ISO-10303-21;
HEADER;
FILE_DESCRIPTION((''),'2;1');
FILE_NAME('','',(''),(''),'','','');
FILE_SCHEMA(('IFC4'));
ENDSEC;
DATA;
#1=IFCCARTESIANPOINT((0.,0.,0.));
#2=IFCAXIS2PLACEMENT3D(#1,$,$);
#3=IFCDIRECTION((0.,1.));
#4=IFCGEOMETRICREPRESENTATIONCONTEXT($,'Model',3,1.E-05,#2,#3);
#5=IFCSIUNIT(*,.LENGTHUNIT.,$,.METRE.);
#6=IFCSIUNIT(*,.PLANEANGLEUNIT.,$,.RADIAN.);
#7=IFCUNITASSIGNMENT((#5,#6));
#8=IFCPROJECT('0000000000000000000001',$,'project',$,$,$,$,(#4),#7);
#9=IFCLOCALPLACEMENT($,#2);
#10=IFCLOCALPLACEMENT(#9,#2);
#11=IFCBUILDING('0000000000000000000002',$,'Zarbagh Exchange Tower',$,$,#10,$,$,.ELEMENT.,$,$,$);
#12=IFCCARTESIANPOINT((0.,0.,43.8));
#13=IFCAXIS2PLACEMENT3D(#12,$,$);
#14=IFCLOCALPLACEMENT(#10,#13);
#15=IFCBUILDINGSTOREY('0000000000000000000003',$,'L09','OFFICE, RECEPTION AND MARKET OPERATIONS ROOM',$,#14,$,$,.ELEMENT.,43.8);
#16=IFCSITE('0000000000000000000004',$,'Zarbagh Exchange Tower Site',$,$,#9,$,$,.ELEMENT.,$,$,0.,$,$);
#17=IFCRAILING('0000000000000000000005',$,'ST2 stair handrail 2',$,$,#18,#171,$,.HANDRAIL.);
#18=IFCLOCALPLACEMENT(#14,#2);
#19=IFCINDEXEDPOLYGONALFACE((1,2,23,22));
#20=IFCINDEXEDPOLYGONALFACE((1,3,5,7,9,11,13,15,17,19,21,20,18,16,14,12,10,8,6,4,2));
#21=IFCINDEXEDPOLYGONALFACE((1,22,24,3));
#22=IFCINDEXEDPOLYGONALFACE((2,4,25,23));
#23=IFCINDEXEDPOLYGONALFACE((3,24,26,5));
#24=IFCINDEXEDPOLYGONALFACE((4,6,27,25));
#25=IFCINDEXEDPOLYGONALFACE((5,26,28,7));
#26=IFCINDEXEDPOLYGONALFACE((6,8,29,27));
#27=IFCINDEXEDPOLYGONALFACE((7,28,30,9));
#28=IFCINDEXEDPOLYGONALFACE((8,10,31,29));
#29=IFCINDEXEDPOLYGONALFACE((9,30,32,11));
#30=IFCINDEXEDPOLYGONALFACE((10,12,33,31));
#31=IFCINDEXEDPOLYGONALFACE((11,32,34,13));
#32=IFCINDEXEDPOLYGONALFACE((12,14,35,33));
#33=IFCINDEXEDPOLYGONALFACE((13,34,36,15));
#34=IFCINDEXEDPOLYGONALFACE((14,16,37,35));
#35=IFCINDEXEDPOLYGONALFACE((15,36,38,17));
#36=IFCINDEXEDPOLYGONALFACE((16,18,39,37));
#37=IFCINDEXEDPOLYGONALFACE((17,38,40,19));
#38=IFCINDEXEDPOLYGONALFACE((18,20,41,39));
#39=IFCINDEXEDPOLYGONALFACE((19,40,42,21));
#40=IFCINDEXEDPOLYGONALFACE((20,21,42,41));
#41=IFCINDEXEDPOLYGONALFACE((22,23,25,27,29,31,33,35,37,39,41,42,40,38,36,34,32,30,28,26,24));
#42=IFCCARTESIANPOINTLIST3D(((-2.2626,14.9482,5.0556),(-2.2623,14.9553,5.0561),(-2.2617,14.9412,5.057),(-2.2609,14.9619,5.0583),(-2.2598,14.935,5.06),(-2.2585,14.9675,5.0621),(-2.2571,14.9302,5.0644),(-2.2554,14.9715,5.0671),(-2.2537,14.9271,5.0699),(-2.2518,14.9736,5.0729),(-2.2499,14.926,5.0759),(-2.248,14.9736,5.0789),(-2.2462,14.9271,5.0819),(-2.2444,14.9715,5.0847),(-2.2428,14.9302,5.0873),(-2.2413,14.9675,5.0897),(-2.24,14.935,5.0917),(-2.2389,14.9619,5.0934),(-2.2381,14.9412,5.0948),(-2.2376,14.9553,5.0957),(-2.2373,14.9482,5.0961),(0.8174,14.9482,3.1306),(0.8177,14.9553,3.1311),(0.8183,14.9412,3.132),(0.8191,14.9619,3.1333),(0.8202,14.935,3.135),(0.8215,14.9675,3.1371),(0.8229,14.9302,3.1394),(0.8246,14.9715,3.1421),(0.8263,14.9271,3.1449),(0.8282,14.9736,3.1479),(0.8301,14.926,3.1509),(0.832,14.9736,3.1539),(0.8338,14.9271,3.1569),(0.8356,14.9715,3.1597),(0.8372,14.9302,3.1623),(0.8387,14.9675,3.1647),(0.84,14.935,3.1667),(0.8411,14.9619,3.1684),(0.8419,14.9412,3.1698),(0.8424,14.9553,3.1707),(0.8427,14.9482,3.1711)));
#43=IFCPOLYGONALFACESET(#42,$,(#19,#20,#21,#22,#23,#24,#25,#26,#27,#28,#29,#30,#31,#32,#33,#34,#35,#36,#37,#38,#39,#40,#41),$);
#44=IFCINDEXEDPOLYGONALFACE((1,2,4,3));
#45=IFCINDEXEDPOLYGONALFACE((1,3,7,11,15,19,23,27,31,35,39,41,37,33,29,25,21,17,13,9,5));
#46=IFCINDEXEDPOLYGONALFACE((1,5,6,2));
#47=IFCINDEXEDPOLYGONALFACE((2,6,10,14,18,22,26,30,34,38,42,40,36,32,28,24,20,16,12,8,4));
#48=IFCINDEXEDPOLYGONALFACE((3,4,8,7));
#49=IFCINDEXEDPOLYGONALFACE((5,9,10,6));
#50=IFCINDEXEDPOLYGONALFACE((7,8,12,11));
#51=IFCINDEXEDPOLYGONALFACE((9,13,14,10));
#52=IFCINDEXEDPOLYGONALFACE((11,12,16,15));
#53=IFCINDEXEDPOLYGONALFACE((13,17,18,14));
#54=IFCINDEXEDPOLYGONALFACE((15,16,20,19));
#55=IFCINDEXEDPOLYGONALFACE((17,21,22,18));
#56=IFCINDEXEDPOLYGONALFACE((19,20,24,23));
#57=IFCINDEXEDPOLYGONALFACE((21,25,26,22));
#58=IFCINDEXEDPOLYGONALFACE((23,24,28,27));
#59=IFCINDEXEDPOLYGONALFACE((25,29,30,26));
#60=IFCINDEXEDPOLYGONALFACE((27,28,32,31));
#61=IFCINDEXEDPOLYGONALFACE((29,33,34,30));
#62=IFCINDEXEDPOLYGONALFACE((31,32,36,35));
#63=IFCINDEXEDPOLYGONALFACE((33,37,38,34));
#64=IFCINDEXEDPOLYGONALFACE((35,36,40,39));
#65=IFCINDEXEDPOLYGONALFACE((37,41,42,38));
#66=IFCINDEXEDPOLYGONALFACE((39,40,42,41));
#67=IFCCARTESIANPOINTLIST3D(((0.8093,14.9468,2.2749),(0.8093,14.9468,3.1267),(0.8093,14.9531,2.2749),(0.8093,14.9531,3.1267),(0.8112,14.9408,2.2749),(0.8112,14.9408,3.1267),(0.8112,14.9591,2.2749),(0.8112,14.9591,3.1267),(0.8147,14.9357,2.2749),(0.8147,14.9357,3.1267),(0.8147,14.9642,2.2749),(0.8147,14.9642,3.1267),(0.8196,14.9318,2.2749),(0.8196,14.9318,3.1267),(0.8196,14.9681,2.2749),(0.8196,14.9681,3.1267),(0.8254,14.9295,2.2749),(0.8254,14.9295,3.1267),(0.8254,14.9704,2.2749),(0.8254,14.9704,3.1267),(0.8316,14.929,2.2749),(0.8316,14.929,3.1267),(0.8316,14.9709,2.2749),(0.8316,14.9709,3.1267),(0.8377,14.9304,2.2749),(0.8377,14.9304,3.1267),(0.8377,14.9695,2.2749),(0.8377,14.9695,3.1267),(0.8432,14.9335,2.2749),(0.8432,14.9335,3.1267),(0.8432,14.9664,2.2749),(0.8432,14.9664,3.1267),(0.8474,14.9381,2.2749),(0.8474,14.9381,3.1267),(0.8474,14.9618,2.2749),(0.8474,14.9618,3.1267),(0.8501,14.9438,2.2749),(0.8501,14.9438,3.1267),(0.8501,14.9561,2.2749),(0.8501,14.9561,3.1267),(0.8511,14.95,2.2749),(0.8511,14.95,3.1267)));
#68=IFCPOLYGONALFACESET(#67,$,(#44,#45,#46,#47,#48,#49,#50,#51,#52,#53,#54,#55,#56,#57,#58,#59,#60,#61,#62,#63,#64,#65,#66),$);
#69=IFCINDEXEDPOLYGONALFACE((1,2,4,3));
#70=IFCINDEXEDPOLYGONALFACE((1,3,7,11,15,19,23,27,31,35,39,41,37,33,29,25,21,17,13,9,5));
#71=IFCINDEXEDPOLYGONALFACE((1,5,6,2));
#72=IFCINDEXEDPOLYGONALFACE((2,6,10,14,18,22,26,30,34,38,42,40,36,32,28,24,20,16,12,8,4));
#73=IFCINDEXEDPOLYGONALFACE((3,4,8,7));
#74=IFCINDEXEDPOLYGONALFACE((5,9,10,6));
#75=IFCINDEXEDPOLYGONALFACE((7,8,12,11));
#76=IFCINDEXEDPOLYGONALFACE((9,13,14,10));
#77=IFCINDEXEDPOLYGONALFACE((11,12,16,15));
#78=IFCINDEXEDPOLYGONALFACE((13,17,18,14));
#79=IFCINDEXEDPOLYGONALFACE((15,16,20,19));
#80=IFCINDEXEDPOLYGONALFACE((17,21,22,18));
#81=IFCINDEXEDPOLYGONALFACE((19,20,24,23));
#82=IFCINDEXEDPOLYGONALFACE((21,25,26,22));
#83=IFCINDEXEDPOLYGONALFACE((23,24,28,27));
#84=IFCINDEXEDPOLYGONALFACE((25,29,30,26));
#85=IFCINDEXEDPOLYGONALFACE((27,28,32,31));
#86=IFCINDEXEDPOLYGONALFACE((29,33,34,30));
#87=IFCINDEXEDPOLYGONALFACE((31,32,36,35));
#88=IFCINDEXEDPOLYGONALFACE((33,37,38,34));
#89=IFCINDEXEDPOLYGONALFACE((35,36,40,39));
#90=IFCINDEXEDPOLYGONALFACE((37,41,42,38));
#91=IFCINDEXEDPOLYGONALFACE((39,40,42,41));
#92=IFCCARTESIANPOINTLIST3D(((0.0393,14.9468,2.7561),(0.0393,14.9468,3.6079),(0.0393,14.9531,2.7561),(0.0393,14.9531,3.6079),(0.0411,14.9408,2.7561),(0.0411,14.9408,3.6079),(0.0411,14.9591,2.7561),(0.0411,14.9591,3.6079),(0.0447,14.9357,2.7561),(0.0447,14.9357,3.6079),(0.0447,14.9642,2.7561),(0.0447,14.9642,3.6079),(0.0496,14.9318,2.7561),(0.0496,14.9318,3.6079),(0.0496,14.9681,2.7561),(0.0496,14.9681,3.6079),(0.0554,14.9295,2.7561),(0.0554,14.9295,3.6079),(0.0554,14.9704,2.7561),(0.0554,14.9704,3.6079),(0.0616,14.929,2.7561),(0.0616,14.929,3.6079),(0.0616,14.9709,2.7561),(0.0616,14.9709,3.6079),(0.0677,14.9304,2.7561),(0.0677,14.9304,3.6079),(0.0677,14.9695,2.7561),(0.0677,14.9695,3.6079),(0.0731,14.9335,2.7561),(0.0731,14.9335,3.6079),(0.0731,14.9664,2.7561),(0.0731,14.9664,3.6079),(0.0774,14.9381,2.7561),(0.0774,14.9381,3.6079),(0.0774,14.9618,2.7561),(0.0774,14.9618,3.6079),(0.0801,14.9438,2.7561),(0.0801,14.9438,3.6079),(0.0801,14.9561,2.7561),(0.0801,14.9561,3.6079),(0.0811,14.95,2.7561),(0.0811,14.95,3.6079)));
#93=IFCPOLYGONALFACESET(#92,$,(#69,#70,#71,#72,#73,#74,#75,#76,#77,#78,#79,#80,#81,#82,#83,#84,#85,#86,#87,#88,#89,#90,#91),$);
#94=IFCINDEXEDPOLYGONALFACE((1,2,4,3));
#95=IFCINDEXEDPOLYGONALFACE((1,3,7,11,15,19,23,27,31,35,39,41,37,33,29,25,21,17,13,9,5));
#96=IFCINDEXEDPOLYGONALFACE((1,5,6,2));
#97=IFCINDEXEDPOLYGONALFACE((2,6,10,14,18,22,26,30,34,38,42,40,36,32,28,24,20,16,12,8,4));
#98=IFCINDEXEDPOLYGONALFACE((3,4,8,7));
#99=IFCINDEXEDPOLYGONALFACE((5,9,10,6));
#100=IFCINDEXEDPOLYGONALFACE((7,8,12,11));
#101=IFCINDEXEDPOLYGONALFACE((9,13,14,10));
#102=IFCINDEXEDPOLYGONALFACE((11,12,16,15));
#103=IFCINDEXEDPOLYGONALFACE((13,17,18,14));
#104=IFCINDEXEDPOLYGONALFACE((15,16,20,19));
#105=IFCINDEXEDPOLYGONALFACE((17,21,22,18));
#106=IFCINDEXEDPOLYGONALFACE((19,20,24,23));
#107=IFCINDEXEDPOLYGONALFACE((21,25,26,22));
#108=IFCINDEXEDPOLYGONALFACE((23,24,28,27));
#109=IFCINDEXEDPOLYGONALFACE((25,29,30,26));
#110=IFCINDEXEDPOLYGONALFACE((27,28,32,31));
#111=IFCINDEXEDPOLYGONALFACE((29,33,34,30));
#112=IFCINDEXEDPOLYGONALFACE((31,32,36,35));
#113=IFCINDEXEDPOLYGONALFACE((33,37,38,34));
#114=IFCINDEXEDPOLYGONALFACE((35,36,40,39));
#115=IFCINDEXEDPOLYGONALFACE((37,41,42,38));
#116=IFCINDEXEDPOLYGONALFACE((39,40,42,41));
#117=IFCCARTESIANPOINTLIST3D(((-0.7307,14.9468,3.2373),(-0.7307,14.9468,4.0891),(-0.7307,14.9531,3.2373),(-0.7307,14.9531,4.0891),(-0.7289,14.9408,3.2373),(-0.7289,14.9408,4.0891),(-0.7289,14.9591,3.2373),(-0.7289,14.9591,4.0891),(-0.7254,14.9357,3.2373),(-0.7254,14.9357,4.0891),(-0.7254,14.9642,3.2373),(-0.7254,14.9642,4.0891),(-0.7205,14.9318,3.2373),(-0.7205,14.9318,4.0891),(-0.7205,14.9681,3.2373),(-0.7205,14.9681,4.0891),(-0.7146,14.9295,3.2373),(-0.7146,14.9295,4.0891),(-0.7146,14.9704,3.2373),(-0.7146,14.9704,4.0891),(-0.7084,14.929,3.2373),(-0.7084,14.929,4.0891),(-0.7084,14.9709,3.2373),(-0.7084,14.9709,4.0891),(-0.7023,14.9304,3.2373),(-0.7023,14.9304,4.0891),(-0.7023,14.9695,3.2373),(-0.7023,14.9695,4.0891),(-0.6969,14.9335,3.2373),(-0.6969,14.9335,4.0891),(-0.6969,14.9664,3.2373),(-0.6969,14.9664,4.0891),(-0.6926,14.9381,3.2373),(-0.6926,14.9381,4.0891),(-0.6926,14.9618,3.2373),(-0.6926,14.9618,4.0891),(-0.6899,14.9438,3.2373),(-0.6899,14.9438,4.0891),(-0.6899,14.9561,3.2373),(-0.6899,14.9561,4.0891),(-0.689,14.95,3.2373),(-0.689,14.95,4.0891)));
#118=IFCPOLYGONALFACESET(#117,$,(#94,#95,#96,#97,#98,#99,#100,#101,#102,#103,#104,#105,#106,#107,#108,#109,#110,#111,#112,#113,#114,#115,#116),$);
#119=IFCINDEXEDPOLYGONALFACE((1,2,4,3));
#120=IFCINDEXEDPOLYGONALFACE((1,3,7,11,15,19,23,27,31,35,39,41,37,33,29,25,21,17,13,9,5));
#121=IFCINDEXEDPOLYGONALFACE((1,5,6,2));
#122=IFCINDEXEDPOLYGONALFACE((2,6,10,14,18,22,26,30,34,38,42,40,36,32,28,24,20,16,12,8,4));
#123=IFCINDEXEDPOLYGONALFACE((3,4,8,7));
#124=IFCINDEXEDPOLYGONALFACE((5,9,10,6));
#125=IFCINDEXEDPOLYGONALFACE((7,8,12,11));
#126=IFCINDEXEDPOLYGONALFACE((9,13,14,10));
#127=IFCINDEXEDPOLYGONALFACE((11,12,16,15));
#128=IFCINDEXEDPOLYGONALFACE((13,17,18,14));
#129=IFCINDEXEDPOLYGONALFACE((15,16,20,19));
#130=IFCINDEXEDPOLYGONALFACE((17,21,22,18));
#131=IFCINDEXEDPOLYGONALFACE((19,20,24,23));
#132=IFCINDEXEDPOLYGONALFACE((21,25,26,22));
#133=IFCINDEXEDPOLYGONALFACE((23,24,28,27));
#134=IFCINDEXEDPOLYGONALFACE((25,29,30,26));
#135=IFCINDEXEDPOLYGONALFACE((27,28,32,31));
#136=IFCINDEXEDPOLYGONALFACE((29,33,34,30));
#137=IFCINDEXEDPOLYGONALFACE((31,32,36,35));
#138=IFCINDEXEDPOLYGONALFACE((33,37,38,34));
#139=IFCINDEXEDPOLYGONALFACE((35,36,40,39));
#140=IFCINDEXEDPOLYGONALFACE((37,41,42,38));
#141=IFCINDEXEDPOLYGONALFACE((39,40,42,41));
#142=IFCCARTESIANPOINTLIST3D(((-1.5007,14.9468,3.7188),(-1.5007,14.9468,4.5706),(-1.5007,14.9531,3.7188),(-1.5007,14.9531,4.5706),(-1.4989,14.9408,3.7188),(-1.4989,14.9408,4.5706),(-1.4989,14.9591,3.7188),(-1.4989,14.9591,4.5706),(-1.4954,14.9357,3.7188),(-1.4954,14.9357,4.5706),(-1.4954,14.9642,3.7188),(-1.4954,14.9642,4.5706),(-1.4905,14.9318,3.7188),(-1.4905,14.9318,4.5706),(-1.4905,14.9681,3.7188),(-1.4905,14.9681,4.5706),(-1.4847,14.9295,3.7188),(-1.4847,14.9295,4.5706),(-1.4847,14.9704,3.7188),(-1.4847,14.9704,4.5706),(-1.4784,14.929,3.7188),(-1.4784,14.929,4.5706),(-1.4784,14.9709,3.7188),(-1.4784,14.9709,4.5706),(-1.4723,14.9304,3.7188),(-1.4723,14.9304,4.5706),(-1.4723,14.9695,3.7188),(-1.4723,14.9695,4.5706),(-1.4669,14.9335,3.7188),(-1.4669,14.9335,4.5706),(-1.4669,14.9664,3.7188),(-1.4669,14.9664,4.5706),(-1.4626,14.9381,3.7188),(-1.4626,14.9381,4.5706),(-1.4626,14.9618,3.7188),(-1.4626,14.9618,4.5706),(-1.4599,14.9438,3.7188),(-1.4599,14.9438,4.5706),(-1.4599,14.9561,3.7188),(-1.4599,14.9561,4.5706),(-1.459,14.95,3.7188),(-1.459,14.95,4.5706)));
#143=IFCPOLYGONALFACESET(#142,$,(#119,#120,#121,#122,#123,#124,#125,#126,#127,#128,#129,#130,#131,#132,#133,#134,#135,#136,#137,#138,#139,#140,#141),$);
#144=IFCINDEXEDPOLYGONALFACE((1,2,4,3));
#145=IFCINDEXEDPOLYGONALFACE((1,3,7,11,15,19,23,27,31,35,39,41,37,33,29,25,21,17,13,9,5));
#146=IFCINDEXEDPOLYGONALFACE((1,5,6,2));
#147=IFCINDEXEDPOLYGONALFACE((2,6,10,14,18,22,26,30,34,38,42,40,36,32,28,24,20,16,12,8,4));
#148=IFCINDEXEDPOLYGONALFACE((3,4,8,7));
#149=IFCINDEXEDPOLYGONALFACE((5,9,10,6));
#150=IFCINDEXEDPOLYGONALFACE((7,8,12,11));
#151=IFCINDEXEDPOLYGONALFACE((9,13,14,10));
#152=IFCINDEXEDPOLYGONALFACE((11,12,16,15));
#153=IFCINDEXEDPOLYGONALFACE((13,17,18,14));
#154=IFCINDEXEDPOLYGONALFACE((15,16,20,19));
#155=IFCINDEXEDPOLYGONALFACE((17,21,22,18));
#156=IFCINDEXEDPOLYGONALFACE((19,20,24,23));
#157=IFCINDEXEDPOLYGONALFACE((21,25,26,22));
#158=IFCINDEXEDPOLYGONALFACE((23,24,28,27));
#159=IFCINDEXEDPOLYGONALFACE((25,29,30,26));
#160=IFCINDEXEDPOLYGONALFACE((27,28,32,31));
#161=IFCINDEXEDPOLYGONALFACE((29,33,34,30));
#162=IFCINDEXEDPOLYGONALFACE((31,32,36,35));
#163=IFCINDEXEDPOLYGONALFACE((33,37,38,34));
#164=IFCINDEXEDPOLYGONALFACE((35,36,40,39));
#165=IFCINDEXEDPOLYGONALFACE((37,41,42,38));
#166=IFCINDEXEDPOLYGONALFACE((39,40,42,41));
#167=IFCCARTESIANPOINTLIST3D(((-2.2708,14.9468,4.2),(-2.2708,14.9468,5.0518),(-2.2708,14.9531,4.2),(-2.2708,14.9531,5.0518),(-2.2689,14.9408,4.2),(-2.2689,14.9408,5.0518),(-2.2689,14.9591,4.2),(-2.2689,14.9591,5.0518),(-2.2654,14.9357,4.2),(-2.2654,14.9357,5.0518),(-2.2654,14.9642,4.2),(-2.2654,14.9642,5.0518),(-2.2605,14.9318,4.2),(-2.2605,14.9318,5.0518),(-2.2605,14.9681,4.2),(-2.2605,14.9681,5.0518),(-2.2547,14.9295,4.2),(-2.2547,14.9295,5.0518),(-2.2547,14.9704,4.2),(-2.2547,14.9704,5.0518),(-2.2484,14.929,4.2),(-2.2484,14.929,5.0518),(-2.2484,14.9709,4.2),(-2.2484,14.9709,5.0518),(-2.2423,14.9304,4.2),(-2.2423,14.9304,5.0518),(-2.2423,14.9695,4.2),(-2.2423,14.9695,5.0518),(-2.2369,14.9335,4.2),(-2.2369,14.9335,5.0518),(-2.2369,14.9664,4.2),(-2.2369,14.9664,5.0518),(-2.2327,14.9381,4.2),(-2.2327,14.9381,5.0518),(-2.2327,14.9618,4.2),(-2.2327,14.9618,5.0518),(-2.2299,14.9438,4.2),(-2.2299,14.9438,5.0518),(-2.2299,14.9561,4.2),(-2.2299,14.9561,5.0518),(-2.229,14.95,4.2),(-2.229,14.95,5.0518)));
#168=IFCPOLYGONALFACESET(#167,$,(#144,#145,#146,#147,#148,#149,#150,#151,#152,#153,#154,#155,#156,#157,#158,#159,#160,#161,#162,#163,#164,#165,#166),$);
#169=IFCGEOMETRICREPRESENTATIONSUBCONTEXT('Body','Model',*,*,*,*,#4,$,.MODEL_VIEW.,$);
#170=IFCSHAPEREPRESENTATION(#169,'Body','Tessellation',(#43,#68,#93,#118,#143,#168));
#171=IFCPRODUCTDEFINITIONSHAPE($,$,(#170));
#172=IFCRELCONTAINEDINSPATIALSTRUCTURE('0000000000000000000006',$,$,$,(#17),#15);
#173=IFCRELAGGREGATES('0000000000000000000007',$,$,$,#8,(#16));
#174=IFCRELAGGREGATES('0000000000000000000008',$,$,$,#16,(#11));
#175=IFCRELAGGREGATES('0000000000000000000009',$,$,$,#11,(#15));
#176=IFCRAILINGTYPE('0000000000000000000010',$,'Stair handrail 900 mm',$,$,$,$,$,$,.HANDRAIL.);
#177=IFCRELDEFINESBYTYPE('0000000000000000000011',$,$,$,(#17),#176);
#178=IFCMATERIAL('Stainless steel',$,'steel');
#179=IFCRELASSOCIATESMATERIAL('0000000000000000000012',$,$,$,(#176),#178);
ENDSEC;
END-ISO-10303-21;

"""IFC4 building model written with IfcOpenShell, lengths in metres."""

from ifc_helpers import new_model, si_unit, direction, frame, origin, origin_2d, place, context, subcontext, project, spatial, circle, extrude, material, type_object, element, save


model = new_model("IFC4")

# Units and contexts
model_context = context("Model", 3, precision=1e-05, world=origin(), true_north=direction((0.0, 1.0)))
body_context = subcontext(model_context, "Body", "Model", "MODEL_VIEW")
ifc_project = project(units=[si_unit("LENGTHUNIT", "METRE"), si_unit("PLANEANGLEUNIT", "RADIAN")], contexts=[model_context])

# Site, building, storey
site_placement = place(None, origin())
site = spatial("IfcSite", under=ifc_project, at=site_placement, Name="Zarbagh Exchange Tower Site", CompositionType="ELEMENT", RefElevation=0.0)
building_placement = place(site_placement, origin())
building = spatial("IfcBuilding", under=site, at=building_placement, Name="Zarbagh Exchange Tower", CompositionType="ELEMENT")
storey_placement = place(building_placement, frame((0.0, 0.0, 43.8)))
storey = spatial("IfcBuildingStorey", under=building, at=storey_placement, Name="L09", Description="OFFICE, RECEPTION AND MARKET OPERATIONS ROOM", CompositionType="ELEMENT", Elevation=43.8)

# Shared definitions
ifc_material_1 = material(Name="Stainless steel", Category="steel")

# Railing
railing_type_1 = type_object("IfcRailingType", Name="Stair handrail 900 mm", PredefinedType="HANDRAIL", material=ifc_material_1)
railing_1_placement = place(storey_placement, frame((0.8301, 14.95, 2.2749)))
element("IfcRailing", 1, at=railing_1_placement, inside=storey, type_object=railing_type_1, Name="ST2 stair handrail 2", PredefinedType="HANDRAIL", context=body_context, shape_type="SweptSolid", body=[
    extrude(circle(Radius=0.0239, at=origin_2d()), frame((0.0, 0.0, 0.876), z_axis=(-0.847998, 0.0, 0.529999), x_axis=(0.0, -1.0, 0.0)), (0.0, 0.0, 1.0), 3.6321),
    extrude(circle(Radius=0.021, at=origin_2d()), origin(), (0.0, 0.0, 1.0), 0.8518),
    extrude(circle(Radius=0.021, at=origin_2d()), frame((-0.77, 0.0, 0.4812)), (0.0, 0.0, 1.0), 0.8518),
    extrude(circle(Radius=0.021, at=origin_2d()), frame((-1.54, 0.0, 0.9624)), (0.0, 0.0, 1.0), 0.8518),
    extrude(circle(Radius=0.021, at=origin_2d()), frame((-2.3101, 0.0, 1.4438)), (0.0, 0.0, 1.0), 0.8518),
    extrude(circle(Radius=0.021, at=origin_2d()), frame((-3.0801, 0.0, 1.925)), (0.0, 0.0, 1.0), 0.8518),
])

save(model, "model.ifc")
